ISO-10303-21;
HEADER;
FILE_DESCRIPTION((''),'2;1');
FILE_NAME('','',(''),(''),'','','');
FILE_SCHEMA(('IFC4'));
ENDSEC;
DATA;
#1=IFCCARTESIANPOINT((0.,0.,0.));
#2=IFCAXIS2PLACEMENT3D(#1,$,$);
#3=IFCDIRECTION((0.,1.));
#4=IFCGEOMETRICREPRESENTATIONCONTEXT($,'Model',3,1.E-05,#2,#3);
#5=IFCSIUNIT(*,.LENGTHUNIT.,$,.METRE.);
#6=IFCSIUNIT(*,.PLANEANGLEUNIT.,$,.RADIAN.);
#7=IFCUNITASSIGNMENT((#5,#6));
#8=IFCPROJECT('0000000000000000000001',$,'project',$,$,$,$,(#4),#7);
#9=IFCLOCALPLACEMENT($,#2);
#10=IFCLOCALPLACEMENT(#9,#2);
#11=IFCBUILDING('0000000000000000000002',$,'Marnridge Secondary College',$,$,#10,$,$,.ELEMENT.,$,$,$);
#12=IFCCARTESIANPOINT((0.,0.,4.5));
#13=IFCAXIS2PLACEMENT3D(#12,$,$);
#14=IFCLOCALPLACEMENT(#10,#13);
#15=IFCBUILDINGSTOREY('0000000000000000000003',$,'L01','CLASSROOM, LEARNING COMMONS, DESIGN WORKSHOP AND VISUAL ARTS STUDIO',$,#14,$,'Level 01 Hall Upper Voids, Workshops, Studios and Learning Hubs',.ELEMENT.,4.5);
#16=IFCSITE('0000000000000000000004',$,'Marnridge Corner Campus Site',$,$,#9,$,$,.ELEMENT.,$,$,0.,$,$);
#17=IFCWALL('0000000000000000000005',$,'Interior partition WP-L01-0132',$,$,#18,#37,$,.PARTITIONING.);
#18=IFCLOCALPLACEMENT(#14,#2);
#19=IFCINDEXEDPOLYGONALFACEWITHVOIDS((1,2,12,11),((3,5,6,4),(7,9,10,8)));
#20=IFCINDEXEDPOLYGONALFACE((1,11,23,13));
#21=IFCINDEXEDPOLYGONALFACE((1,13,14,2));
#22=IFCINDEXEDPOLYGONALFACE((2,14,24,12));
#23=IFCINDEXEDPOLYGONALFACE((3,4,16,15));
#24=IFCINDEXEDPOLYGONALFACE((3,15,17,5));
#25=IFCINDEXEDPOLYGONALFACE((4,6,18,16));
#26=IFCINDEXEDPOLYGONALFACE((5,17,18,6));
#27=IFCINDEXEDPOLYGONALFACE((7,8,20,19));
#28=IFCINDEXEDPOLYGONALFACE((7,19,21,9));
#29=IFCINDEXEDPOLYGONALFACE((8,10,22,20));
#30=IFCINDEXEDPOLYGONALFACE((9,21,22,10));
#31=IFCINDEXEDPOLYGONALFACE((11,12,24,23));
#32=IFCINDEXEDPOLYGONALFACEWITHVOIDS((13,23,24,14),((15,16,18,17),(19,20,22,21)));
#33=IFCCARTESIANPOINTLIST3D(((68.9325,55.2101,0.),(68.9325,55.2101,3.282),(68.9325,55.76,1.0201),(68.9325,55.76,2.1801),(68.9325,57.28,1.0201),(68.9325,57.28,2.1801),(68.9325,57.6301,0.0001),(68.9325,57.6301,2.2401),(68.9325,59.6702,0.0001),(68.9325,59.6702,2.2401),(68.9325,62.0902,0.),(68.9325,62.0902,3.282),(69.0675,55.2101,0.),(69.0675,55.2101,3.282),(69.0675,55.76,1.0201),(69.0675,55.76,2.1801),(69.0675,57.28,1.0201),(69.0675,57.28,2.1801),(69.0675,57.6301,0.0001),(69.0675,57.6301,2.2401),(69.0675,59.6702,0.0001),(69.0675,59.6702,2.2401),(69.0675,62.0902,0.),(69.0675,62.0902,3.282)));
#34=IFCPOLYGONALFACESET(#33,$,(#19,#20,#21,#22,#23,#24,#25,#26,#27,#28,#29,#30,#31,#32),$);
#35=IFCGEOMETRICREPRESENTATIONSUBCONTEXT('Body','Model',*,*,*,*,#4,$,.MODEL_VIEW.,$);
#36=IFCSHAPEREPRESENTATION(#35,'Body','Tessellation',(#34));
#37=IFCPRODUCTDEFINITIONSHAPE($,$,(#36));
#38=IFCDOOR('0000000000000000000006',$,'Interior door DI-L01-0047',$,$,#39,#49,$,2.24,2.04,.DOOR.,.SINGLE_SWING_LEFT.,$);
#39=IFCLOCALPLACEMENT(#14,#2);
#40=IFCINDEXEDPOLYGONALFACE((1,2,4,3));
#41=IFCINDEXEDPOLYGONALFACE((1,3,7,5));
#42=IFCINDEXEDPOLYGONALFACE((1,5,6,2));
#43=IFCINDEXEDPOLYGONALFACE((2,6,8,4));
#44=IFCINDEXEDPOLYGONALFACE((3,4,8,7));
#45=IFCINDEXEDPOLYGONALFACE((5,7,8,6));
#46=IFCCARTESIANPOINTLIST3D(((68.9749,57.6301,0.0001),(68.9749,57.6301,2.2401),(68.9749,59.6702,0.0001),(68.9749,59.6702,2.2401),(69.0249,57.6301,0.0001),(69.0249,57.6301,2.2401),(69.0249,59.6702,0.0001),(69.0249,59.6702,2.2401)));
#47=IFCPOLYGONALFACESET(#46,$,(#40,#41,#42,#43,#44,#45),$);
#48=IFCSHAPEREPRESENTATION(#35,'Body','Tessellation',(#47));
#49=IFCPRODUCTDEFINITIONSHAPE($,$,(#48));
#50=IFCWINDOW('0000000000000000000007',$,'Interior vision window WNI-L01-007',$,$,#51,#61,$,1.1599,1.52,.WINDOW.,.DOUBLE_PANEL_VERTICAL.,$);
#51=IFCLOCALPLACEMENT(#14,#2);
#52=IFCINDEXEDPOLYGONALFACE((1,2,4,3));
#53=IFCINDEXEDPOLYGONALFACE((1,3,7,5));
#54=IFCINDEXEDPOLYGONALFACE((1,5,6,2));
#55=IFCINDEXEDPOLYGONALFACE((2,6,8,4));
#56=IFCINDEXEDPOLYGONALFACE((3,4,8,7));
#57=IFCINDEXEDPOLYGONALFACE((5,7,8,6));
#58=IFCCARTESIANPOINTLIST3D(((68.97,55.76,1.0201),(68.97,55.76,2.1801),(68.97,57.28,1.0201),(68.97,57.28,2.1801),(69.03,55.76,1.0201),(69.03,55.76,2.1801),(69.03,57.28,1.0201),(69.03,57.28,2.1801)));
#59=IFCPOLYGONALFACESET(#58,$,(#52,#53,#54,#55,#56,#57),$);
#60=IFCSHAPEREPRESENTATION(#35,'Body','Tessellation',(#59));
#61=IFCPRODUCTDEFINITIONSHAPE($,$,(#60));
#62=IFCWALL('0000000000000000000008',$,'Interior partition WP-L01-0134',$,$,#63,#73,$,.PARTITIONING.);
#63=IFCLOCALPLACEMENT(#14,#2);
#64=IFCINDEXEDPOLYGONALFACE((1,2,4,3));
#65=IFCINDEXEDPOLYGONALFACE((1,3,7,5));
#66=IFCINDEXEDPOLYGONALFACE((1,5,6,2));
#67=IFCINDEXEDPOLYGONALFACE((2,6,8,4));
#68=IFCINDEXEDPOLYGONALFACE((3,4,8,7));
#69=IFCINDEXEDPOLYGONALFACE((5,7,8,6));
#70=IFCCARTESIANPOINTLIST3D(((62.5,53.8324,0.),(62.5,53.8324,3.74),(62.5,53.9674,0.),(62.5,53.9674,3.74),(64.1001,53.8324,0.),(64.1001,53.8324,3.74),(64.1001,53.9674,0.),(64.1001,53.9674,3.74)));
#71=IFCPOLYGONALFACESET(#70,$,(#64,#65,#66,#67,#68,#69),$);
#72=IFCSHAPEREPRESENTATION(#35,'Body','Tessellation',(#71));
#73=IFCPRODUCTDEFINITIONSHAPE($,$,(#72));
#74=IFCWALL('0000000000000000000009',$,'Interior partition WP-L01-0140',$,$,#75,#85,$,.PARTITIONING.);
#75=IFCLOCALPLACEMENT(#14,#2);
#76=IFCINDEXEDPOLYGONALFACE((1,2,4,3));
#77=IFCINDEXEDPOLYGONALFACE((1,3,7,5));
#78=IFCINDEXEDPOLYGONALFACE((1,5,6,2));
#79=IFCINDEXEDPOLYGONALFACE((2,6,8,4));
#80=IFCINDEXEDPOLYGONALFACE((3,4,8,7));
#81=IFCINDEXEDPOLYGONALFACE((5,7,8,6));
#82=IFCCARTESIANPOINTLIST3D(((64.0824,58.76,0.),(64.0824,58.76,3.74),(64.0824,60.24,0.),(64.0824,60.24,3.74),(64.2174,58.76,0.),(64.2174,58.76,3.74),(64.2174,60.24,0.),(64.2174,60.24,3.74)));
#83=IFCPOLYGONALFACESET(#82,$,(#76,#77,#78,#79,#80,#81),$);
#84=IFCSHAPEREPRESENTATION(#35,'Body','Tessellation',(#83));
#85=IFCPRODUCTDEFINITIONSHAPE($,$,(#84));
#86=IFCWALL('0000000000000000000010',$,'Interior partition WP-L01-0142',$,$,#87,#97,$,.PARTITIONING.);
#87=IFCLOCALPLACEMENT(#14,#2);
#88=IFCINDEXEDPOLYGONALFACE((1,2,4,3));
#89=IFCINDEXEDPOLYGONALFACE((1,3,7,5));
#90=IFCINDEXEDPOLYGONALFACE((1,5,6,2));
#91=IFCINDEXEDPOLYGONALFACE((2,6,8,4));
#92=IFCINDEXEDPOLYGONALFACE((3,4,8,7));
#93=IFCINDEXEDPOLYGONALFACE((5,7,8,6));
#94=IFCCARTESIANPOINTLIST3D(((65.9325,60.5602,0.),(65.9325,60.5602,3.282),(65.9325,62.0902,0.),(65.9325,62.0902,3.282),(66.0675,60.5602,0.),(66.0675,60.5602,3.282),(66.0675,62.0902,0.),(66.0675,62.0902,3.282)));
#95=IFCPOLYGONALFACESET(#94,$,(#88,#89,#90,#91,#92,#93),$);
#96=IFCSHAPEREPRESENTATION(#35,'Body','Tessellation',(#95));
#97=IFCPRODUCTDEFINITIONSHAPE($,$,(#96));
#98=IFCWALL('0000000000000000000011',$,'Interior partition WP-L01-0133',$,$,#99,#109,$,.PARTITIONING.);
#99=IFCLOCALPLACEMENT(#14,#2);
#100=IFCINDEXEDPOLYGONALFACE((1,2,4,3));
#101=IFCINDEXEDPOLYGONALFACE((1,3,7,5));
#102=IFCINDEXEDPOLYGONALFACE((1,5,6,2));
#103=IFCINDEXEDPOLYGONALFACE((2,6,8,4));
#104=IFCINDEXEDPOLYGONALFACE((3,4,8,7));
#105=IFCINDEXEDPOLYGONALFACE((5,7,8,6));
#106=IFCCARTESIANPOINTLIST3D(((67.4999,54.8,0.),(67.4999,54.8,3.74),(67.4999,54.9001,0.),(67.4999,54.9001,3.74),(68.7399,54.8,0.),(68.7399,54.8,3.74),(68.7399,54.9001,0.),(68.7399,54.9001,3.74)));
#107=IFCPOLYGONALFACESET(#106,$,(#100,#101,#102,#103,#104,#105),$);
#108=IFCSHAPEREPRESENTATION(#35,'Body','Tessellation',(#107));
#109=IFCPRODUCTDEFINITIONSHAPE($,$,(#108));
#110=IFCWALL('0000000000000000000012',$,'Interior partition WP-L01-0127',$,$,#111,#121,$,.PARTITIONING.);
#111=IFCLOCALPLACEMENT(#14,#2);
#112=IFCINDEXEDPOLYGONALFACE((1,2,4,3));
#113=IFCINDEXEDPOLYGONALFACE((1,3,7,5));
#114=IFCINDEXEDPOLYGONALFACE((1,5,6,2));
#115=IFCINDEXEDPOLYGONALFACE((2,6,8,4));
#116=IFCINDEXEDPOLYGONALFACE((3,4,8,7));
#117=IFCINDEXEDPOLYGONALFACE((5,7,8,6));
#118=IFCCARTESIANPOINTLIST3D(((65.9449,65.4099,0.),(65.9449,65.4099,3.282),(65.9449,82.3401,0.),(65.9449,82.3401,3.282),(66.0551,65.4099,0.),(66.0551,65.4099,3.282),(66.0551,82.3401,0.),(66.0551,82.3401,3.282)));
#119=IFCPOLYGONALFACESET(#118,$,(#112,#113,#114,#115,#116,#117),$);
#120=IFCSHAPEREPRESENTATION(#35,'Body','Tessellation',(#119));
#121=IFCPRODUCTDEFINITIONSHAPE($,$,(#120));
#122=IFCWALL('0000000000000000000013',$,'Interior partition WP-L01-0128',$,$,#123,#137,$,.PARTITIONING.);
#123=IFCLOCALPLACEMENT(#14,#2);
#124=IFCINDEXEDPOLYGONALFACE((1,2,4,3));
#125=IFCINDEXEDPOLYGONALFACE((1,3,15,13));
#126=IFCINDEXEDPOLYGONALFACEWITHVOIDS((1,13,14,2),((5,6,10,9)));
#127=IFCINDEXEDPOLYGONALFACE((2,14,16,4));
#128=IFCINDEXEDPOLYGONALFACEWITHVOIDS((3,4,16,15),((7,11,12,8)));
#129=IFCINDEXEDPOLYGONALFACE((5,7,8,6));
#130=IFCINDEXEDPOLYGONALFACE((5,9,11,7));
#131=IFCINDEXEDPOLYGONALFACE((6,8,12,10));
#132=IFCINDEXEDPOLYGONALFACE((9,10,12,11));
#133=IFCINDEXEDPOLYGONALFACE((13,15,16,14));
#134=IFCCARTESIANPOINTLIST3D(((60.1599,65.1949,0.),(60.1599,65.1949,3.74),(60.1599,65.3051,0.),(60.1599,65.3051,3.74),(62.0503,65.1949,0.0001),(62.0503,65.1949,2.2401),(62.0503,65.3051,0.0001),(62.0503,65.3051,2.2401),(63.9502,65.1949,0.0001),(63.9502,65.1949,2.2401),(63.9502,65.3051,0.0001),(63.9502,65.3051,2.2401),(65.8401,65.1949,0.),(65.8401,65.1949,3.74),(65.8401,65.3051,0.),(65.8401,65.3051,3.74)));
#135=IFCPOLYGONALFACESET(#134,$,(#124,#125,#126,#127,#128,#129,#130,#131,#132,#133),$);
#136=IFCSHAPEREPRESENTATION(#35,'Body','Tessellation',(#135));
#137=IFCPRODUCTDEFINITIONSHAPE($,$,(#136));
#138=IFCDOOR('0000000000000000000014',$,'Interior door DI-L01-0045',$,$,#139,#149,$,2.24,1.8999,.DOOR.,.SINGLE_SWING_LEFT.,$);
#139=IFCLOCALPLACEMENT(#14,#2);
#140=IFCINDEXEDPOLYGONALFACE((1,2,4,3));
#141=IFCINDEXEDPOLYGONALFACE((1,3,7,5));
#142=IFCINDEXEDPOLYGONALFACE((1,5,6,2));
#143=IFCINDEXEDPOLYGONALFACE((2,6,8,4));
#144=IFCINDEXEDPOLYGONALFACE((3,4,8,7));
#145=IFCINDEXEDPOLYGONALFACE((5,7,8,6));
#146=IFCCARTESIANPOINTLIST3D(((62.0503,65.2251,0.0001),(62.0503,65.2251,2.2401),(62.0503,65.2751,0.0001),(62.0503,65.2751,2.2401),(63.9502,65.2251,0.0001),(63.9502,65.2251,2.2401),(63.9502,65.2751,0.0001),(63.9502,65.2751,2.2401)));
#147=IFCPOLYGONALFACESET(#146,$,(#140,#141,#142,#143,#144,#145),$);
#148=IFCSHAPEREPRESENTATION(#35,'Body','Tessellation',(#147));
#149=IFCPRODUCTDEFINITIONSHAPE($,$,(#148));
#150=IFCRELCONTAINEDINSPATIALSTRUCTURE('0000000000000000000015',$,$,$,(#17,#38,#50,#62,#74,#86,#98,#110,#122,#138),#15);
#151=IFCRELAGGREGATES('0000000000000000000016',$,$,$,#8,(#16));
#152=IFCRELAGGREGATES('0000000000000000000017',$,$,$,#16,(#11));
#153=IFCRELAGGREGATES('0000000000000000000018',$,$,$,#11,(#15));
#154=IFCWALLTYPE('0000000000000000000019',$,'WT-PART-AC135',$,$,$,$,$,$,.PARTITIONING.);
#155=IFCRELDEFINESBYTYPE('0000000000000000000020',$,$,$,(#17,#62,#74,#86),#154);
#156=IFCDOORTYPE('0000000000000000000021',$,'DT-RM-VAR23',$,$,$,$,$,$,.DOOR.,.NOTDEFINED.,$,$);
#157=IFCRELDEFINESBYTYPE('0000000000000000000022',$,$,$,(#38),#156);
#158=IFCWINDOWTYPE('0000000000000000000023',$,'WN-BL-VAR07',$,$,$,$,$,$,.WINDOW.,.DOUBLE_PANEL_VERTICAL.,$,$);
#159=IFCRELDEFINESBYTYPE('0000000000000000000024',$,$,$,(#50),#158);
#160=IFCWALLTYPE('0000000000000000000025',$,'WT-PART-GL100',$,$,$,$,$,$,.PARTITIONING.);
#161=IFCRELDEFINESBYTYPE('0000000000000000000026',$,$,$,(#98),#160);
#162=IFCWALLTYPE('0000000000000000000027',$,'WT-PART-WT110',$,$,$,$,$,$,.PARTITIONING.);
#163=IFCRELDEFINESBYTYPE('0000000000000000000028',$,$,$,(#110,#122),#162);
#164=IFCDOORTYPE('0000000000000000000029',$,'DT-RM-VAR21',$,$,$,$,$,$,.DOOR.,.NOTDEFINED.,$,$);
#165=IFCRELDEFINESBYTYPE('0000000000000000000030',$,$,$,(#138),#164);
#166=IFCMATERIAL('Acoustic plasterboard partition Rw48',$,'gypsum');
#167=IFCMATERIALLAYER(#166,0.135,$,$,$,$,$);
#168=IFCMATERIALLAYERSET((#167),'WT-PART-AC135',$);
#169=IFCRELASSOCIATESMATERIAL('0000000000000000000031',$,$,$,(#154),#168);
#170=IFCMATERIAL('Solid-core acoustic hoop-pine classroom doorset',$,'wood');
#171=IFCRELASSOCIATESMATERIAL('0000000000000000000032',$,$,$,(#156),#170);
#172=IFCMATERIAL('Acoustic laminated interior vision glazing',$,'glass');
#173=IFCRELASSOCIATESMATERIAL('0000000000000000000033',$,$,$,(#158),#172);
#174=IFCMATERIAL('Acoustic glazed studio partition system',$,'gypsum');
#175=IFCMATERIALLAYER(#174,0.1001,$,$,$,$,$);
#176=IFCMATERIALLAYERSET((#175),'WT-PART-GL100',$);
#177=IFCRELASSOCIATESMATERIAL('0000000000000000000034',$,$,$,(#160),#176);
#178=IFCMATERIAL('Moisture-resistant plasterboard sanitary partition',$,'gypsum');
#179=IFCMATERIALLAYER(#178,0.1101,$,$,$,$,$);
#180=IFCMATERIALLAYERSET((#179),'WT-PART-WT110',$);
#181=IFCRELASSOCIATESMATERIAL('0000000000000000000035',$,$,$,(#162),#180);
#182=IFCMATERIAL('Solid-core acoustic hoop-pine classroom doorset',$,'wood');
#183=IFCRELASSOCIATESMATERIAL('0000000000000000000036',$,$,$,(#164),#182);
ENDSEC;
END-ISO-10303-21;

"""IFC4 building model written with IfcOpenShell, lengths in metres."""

from ifc_helpers import new_model, si_unit, direction, frame, frame_2d, origin, place, context, subcontext, project, spatial, rectangle, extrude, material, layer, layer_set, type_object, element, fill, save


model = new_model("IFC4")

# Units and contexts
model_context = context("Model", 3, precision=1e-05, world=origin(), true_north=direction((0.0, 1.0)))
body_context = subcontext(model_context, "Body", "Model", "MODEL_VIEW")
ifc_project = project(units=[si_unit("LENGTHUNIT", "METRE"), si_unit("PLANEANGLEUNIT", "RADIAN")], contexts=[model_context])

# Site, building, storey
site_placement = place(None, origin())
site = spatial("IfcSite", under=ifc_project, at=site_placement, Name="Marnridge Corner Campus Site", CompositionType="ELEMENT", RefElevation=0.0)
building_placement = place(site_placement, origin())
building = spatial("IfcBuilding", under=site, at=building_placement, Name="Marnridge Secondary College", CompositionType="ELEMENT")
storey_placement = place(building_placement, frame((0.0, 0.0, 4.5)))
storey = spatial("IfcBuildingStorey", under=building, at=storey_placement, Name="L01", Description="CLASSROOM, LEARNING COMMONS, DESIGN WORKSHOP AND VISUAL ARTS STUDIO", LongName="Level 01 Hall Upper Voids, Workshops, Studios and Learning Hubs", CompositionType="ELEMENT", Elevation=4.5)

# Wall, openings, door, window
ifc_material_1 = material(Name="Acoustic plasterboard partition Rw48", Category="gypsum")
ifc_layer_1 = layer(ifc_material_1, 0.135)
ifc_layer_set_1 = layer_set([ifc_layer_1], Name="WT-PART-AC135")
wall_type_1 = type_object("IfcWallType", Name="WT-PART-AC135", PredefinedType="PARTITIONING", material=ifc_layer_set_1)
wall_1_placement = place(storey_placement, frame((69.0, 62.0901, 0.0), z_axis=(0.0, 0.0, 1.0), x_axis=(0.0, -1.0, 0.0)))
wall_1 = element("IfcWall", 1, at=wall_1_placement, inside=storey, type_object=wall_type_1, Name="Interior partition WP-L01-0132", PredefinedType="PARTITIONING", context=body_context, shape_type="SweptSolid", body=[
    extrude(rectangle(XDim=6.8801, YDim=0.135, at=frame_2d((3.4399, 0.0))), origin(), (0.0, 0.0, 1.0), 3.282),
])
opening_1_placement = place(wall_1_placement, frame((2.4199, 0.0, 0.0)))
opening_1 = element("IfcOpeningElement", 2, at=opening_1_placement, cuts=wall_1, PredefinedType="OPENING", context=body_context, shape_type="SweptSolid", body=[
    extrude(rectangle(XDim=2.04, YDim=2.24, at=frame_2d((1.02, 1.1201))), frame((0.0, 0.0774, 0.0), z_axis=(0.0, -1.0, 0.0), x_axis=(1.0, 0.0, 0.0)), (0.0, 0.0, 1.0), 0.155),
])
opening_2_placement = place(wall_1_placement, frame((4.8101, 0.0, 1.02)))
opening_2 = element("IfcOpeningElement", 3, at=opening_2_placement, cuts=wall_1, PredefinedType="OPENING", context=body_context, shape_type="SweptSolid", body=[
    extrude(rectangle(XDim=1.52, YDim=1.1599, at=frame_2d((0.76, 0.5801))), frame((0.0, 0.0774, 0.0), z_axis=(0.0, -1.0, 0.0), x_axis=(1.0, 0.0, 0.0)), (0.0, 0.0, 1.0), 0.155),
])
ifc_material_2 = material(Name="Solid-core acoustic hoop-pine classroom doorset", Category="wood")
door_type_1 = type_object("IfcDoorType", Name="DT-RM-VAR23", OperationType="NOTDEFINED", PredefinedType="DOOR", material=ifc_material_2)
door_1_placement = place(opening_1_placement, origin())
door_1 = element("IfcDoor", 4, at=door_1_placement, inside=storey, type_object=door_type_1, Name="Interior door DI-L01-0047", OperationType="SINGLE_SWING_LEFT", OverallHeight=2.24, OverallWidth=2.04, PredefinedType="DOOR", context=body_context, shape_type="SweptSolid", body=[
    extrude(rectangle(XDim=2.04, YDim=2.24, at=frame_2d((1.02, 1.1201))), frame((0.0, 0.0249, 0.0), z_axis=(0.0, -1.0, 0.0), x_axis=(1.0, 0.0, 0.0)), (0.0, 0.0, 1.0), 0.05),
])
fill(opening_1, door_1)
ifc_material_3 = material(Name="Acoustic laminated interior vision glazing", Category="glass")
window_type = type_object("IfcWindowType", Name="WN-BL-VAR07", PartitioningType="DOUBLE_PANEL_VERTICAL", PredefinedType="WINDOW", material=ifc_material_3)
window_placement = place(opening_2_placement, origin())
window = element("IfcWindow", 5, at=window_placement, inside=storey, type_object=window_type, Name="Interior vision window WNI-L01-007", OverallHeight=1.1599, OverallWidth=1.52, PartitioningType="DOUBLE_PANEL_VERTICAL", PredefinedType="WINDOW", context=body_context, shape_type="SweptSolid", body=[
    extrude(rectangle(XDim=1.52, YDim=1.1599, at=frame_2d((0.76, 0.5801))), frame((0.0, 0.03, 0.0), z_axis=(0.0, -1.0, 0.0), x_axis=(1.0, 0.0, 0.0)), (0.0, 0.0, 1.0), 0.0601),
])
fill(opening_2, window)

# Walls
wall_2_placement = place(storey_placement, frame((64.1001, 53.8999, 0.0), z_axis=(0.0, 0.0, 1.0), x_axis=(-1.0, 0.0, 0.0)))
element("IfcWall", 6, at=wall_2_placement, inside=storey, type_object=wall_type_1, Name="Interior partition WP-L01-0134", PredefinedType="PARTITIONING", context=body_context, shape_type="SweptSolid", body=[
    extrude(rectangle(XDim=1.6001, YDim=0.135, at=frame_2d((0.8, 0.0))), origin(), (0.0, 0.0, 1.0), 3.74),
])
wall_3_placement = place(storey_placement, frame((64.1499, 58.76, 0.0), z_axis=(0.0, 0.0, 1.0), x_axis=(0.0, 1.0, 0.0)))
element("IfcWall", 7, at=wall_3_placement, inside=storey, type_object=wall_type_1, Name="Interior partition WP-L01-0140", PredefinedType="PARTITIONING", context=body_context, shape_type="SweptSolid", body=[
    extrude(rectangle(XDim=1.48, YDim=0.135, at=frame_2d((0.74, 0.0))), origin(), (0.0, 0.0, 1.0), 3.74),
])
wall_4_placement = place(storey_placement, frame((66.0, 60.5601, 0.0), z_axis=(0.0, 0.0, 1.0), x_axis=(0.0, 1.0, 0.0)))
element("IfcWall", 8, at=wall_4_placement, inside=storey, type_object=wall_type_1, Name="Interior partition WP-L01-0142", PredefinedType="PARTITIONING", context=body_context, shape_type="SweptSolid", body=[
    extrude(rectangle(XDim=1.53, YDim=0.135, at=frame_2d((0.7651, 0.0))), origin(), (0.0, 0.0, 1.0), 3.282),
])
ifc_material_4 = material(Name="Acoustic glazed studio partition system", Category="gypsum")
ifc_layer_2 = layer(ifc_material_4, 0.1001)
ifc_layer_set_2 = layer_set([ifc_layer_2], Name="WT-PART-GL100")
wall_type_2 = type_object("IfcWallType", Name="WT-PART-GL100", PredefinedType="PARTITIONING", material=ifc_layer_set_2)
wall_5_placement = place(storey_placement, frame((68.74, 54.8501, 0.0), z_axis=(0.0, 0.0, 1.0), x_axis=(-1.0, 0.0, 0.0)))
element("IfcWall", 9, at=wall_5_placement, inside=storey, type_object=wall_type_2, Name="Interior partition WP-L01-0133", PredefinedType="PARTITIONING", context=body_context, shape_type="SweptSolid", body=[
    extrude(rectangle(XDim=1.24, YDim=0.1001, at=frame_2d((0.6201, 0.0))), origin(), (0.0, 0.0, 1.0), 3.74),
])
ifc_material_5 = material(Name="Moisture-resistant plasterboard sanitary partition", Category="gypsum")
ifc_layer_3 = layer(ifc_material_5, 0.1101)
ifc_layer_set_3 = layer_set([ifc_layer_3], Name="WT-PART-WT110")
wall_type_3 = type_object("IfcWallType", Name="WT-PART-WT110", PredefinedType="PARTITIONING", material=ifc_layer_set_3)
wall_6_placement = place(storey_placement, frame((66.0, 65.4099, 0.0), z_axis=(0.0, 0.0, 1.0), x_axis=(0.0, 1.0, 0.0)))
element("IfcWall", 10, at=wall_6_placement, inside=storey, type_object=wall_type_3, Name="Interior partition WP-L01-0127", PredefinedType="PARTITIONING", context=body_context, shape_type="SweptSolid", body=[
    extrude(rectangle(XDim=16.9302, YDim=0.1101, at=frame_2d((8.4651, 0.0))), origin(), (0.0, 0.0, 1.0), 3.282),
])

# Wall, opening, door
wall_7_placement = place(storey_placement, frame((65.8401, 65.25, 0.0), z_axis=(0.0, 0.0, 1.0), x_axis=(-1.0, 0.0, 0.0)))
wall_7 = element("IfcWall", 11, at=wall_7_placement, inside=storey, type_object=wall_type_3, Name="Interior partition WP-L01-0128", PredefinedType="PARTITIONING", context=body_context, shape_type="SweptSolid", body=[
    extrude(rectangle(XDim=5.6802, YDim=0.1101, at=frame_2d((2.8401, 0.0))), origin(), (0.0, 0.0, 1.0), 3.74),
])
opening_3_placement = place(wall_7_placement, frame((1.8899, 0.0, 0.0)))
opening_3 = element("IfcOpeningElement", 12, at=opening_3_placement, cuts=wall_7, PredefinedType="OPENING", context=body_context, shape_type="SweptSolid", body=[
    extrude(rectangle(XDim=1.8999, YDim=2.24, at=frame_2d((0.95, 1.1201))), frame((0.0, 0.0649, 0.0), z_axis=(0.0, -1.0, 0.0), x_axis=(1.0, 0.0, 0.0)), (0.0, 0.0, 1.0), 0.1301),
])
ifc_material_6 = material(Name="Solid-core acoustic hoop-pine classroom doorset", Category="wood")
door_type_2 = type_object("IfcDoorType", Name="DT-RM-VAR21", OperationType="NOTDEFINED", PredefinedType="DOOR", material=ifc_material_6)
door_2_placement = place(opening_3_placement, origin())
door_2 = element("IfcDoor", 13, at=door_2_placement, inside=storey, type_object=door_type_2, Name="Interior door DI-L01-0045", OperationType="SINGLE_SWING_LEFT", OverallHeight=2.24, OverallWidth=1.8999, PredefinedType="DOOR", context=body_context, shape_type="SweptSolid", body=[
    extrude(rectangle(XDim=1.8999, YDim=2.24, at=frame_2d((0.95, 1.1201))), frame((0.0, 0.0249, 0.0), z_axis=(0.0, -1.0, 0.0), x_axis=(1.0, 0.0, 0.0)), (0.0, 0.0, 1.0), 0.05),
])
fill(opening_3, door_2)

save(model, "model.ifc")
